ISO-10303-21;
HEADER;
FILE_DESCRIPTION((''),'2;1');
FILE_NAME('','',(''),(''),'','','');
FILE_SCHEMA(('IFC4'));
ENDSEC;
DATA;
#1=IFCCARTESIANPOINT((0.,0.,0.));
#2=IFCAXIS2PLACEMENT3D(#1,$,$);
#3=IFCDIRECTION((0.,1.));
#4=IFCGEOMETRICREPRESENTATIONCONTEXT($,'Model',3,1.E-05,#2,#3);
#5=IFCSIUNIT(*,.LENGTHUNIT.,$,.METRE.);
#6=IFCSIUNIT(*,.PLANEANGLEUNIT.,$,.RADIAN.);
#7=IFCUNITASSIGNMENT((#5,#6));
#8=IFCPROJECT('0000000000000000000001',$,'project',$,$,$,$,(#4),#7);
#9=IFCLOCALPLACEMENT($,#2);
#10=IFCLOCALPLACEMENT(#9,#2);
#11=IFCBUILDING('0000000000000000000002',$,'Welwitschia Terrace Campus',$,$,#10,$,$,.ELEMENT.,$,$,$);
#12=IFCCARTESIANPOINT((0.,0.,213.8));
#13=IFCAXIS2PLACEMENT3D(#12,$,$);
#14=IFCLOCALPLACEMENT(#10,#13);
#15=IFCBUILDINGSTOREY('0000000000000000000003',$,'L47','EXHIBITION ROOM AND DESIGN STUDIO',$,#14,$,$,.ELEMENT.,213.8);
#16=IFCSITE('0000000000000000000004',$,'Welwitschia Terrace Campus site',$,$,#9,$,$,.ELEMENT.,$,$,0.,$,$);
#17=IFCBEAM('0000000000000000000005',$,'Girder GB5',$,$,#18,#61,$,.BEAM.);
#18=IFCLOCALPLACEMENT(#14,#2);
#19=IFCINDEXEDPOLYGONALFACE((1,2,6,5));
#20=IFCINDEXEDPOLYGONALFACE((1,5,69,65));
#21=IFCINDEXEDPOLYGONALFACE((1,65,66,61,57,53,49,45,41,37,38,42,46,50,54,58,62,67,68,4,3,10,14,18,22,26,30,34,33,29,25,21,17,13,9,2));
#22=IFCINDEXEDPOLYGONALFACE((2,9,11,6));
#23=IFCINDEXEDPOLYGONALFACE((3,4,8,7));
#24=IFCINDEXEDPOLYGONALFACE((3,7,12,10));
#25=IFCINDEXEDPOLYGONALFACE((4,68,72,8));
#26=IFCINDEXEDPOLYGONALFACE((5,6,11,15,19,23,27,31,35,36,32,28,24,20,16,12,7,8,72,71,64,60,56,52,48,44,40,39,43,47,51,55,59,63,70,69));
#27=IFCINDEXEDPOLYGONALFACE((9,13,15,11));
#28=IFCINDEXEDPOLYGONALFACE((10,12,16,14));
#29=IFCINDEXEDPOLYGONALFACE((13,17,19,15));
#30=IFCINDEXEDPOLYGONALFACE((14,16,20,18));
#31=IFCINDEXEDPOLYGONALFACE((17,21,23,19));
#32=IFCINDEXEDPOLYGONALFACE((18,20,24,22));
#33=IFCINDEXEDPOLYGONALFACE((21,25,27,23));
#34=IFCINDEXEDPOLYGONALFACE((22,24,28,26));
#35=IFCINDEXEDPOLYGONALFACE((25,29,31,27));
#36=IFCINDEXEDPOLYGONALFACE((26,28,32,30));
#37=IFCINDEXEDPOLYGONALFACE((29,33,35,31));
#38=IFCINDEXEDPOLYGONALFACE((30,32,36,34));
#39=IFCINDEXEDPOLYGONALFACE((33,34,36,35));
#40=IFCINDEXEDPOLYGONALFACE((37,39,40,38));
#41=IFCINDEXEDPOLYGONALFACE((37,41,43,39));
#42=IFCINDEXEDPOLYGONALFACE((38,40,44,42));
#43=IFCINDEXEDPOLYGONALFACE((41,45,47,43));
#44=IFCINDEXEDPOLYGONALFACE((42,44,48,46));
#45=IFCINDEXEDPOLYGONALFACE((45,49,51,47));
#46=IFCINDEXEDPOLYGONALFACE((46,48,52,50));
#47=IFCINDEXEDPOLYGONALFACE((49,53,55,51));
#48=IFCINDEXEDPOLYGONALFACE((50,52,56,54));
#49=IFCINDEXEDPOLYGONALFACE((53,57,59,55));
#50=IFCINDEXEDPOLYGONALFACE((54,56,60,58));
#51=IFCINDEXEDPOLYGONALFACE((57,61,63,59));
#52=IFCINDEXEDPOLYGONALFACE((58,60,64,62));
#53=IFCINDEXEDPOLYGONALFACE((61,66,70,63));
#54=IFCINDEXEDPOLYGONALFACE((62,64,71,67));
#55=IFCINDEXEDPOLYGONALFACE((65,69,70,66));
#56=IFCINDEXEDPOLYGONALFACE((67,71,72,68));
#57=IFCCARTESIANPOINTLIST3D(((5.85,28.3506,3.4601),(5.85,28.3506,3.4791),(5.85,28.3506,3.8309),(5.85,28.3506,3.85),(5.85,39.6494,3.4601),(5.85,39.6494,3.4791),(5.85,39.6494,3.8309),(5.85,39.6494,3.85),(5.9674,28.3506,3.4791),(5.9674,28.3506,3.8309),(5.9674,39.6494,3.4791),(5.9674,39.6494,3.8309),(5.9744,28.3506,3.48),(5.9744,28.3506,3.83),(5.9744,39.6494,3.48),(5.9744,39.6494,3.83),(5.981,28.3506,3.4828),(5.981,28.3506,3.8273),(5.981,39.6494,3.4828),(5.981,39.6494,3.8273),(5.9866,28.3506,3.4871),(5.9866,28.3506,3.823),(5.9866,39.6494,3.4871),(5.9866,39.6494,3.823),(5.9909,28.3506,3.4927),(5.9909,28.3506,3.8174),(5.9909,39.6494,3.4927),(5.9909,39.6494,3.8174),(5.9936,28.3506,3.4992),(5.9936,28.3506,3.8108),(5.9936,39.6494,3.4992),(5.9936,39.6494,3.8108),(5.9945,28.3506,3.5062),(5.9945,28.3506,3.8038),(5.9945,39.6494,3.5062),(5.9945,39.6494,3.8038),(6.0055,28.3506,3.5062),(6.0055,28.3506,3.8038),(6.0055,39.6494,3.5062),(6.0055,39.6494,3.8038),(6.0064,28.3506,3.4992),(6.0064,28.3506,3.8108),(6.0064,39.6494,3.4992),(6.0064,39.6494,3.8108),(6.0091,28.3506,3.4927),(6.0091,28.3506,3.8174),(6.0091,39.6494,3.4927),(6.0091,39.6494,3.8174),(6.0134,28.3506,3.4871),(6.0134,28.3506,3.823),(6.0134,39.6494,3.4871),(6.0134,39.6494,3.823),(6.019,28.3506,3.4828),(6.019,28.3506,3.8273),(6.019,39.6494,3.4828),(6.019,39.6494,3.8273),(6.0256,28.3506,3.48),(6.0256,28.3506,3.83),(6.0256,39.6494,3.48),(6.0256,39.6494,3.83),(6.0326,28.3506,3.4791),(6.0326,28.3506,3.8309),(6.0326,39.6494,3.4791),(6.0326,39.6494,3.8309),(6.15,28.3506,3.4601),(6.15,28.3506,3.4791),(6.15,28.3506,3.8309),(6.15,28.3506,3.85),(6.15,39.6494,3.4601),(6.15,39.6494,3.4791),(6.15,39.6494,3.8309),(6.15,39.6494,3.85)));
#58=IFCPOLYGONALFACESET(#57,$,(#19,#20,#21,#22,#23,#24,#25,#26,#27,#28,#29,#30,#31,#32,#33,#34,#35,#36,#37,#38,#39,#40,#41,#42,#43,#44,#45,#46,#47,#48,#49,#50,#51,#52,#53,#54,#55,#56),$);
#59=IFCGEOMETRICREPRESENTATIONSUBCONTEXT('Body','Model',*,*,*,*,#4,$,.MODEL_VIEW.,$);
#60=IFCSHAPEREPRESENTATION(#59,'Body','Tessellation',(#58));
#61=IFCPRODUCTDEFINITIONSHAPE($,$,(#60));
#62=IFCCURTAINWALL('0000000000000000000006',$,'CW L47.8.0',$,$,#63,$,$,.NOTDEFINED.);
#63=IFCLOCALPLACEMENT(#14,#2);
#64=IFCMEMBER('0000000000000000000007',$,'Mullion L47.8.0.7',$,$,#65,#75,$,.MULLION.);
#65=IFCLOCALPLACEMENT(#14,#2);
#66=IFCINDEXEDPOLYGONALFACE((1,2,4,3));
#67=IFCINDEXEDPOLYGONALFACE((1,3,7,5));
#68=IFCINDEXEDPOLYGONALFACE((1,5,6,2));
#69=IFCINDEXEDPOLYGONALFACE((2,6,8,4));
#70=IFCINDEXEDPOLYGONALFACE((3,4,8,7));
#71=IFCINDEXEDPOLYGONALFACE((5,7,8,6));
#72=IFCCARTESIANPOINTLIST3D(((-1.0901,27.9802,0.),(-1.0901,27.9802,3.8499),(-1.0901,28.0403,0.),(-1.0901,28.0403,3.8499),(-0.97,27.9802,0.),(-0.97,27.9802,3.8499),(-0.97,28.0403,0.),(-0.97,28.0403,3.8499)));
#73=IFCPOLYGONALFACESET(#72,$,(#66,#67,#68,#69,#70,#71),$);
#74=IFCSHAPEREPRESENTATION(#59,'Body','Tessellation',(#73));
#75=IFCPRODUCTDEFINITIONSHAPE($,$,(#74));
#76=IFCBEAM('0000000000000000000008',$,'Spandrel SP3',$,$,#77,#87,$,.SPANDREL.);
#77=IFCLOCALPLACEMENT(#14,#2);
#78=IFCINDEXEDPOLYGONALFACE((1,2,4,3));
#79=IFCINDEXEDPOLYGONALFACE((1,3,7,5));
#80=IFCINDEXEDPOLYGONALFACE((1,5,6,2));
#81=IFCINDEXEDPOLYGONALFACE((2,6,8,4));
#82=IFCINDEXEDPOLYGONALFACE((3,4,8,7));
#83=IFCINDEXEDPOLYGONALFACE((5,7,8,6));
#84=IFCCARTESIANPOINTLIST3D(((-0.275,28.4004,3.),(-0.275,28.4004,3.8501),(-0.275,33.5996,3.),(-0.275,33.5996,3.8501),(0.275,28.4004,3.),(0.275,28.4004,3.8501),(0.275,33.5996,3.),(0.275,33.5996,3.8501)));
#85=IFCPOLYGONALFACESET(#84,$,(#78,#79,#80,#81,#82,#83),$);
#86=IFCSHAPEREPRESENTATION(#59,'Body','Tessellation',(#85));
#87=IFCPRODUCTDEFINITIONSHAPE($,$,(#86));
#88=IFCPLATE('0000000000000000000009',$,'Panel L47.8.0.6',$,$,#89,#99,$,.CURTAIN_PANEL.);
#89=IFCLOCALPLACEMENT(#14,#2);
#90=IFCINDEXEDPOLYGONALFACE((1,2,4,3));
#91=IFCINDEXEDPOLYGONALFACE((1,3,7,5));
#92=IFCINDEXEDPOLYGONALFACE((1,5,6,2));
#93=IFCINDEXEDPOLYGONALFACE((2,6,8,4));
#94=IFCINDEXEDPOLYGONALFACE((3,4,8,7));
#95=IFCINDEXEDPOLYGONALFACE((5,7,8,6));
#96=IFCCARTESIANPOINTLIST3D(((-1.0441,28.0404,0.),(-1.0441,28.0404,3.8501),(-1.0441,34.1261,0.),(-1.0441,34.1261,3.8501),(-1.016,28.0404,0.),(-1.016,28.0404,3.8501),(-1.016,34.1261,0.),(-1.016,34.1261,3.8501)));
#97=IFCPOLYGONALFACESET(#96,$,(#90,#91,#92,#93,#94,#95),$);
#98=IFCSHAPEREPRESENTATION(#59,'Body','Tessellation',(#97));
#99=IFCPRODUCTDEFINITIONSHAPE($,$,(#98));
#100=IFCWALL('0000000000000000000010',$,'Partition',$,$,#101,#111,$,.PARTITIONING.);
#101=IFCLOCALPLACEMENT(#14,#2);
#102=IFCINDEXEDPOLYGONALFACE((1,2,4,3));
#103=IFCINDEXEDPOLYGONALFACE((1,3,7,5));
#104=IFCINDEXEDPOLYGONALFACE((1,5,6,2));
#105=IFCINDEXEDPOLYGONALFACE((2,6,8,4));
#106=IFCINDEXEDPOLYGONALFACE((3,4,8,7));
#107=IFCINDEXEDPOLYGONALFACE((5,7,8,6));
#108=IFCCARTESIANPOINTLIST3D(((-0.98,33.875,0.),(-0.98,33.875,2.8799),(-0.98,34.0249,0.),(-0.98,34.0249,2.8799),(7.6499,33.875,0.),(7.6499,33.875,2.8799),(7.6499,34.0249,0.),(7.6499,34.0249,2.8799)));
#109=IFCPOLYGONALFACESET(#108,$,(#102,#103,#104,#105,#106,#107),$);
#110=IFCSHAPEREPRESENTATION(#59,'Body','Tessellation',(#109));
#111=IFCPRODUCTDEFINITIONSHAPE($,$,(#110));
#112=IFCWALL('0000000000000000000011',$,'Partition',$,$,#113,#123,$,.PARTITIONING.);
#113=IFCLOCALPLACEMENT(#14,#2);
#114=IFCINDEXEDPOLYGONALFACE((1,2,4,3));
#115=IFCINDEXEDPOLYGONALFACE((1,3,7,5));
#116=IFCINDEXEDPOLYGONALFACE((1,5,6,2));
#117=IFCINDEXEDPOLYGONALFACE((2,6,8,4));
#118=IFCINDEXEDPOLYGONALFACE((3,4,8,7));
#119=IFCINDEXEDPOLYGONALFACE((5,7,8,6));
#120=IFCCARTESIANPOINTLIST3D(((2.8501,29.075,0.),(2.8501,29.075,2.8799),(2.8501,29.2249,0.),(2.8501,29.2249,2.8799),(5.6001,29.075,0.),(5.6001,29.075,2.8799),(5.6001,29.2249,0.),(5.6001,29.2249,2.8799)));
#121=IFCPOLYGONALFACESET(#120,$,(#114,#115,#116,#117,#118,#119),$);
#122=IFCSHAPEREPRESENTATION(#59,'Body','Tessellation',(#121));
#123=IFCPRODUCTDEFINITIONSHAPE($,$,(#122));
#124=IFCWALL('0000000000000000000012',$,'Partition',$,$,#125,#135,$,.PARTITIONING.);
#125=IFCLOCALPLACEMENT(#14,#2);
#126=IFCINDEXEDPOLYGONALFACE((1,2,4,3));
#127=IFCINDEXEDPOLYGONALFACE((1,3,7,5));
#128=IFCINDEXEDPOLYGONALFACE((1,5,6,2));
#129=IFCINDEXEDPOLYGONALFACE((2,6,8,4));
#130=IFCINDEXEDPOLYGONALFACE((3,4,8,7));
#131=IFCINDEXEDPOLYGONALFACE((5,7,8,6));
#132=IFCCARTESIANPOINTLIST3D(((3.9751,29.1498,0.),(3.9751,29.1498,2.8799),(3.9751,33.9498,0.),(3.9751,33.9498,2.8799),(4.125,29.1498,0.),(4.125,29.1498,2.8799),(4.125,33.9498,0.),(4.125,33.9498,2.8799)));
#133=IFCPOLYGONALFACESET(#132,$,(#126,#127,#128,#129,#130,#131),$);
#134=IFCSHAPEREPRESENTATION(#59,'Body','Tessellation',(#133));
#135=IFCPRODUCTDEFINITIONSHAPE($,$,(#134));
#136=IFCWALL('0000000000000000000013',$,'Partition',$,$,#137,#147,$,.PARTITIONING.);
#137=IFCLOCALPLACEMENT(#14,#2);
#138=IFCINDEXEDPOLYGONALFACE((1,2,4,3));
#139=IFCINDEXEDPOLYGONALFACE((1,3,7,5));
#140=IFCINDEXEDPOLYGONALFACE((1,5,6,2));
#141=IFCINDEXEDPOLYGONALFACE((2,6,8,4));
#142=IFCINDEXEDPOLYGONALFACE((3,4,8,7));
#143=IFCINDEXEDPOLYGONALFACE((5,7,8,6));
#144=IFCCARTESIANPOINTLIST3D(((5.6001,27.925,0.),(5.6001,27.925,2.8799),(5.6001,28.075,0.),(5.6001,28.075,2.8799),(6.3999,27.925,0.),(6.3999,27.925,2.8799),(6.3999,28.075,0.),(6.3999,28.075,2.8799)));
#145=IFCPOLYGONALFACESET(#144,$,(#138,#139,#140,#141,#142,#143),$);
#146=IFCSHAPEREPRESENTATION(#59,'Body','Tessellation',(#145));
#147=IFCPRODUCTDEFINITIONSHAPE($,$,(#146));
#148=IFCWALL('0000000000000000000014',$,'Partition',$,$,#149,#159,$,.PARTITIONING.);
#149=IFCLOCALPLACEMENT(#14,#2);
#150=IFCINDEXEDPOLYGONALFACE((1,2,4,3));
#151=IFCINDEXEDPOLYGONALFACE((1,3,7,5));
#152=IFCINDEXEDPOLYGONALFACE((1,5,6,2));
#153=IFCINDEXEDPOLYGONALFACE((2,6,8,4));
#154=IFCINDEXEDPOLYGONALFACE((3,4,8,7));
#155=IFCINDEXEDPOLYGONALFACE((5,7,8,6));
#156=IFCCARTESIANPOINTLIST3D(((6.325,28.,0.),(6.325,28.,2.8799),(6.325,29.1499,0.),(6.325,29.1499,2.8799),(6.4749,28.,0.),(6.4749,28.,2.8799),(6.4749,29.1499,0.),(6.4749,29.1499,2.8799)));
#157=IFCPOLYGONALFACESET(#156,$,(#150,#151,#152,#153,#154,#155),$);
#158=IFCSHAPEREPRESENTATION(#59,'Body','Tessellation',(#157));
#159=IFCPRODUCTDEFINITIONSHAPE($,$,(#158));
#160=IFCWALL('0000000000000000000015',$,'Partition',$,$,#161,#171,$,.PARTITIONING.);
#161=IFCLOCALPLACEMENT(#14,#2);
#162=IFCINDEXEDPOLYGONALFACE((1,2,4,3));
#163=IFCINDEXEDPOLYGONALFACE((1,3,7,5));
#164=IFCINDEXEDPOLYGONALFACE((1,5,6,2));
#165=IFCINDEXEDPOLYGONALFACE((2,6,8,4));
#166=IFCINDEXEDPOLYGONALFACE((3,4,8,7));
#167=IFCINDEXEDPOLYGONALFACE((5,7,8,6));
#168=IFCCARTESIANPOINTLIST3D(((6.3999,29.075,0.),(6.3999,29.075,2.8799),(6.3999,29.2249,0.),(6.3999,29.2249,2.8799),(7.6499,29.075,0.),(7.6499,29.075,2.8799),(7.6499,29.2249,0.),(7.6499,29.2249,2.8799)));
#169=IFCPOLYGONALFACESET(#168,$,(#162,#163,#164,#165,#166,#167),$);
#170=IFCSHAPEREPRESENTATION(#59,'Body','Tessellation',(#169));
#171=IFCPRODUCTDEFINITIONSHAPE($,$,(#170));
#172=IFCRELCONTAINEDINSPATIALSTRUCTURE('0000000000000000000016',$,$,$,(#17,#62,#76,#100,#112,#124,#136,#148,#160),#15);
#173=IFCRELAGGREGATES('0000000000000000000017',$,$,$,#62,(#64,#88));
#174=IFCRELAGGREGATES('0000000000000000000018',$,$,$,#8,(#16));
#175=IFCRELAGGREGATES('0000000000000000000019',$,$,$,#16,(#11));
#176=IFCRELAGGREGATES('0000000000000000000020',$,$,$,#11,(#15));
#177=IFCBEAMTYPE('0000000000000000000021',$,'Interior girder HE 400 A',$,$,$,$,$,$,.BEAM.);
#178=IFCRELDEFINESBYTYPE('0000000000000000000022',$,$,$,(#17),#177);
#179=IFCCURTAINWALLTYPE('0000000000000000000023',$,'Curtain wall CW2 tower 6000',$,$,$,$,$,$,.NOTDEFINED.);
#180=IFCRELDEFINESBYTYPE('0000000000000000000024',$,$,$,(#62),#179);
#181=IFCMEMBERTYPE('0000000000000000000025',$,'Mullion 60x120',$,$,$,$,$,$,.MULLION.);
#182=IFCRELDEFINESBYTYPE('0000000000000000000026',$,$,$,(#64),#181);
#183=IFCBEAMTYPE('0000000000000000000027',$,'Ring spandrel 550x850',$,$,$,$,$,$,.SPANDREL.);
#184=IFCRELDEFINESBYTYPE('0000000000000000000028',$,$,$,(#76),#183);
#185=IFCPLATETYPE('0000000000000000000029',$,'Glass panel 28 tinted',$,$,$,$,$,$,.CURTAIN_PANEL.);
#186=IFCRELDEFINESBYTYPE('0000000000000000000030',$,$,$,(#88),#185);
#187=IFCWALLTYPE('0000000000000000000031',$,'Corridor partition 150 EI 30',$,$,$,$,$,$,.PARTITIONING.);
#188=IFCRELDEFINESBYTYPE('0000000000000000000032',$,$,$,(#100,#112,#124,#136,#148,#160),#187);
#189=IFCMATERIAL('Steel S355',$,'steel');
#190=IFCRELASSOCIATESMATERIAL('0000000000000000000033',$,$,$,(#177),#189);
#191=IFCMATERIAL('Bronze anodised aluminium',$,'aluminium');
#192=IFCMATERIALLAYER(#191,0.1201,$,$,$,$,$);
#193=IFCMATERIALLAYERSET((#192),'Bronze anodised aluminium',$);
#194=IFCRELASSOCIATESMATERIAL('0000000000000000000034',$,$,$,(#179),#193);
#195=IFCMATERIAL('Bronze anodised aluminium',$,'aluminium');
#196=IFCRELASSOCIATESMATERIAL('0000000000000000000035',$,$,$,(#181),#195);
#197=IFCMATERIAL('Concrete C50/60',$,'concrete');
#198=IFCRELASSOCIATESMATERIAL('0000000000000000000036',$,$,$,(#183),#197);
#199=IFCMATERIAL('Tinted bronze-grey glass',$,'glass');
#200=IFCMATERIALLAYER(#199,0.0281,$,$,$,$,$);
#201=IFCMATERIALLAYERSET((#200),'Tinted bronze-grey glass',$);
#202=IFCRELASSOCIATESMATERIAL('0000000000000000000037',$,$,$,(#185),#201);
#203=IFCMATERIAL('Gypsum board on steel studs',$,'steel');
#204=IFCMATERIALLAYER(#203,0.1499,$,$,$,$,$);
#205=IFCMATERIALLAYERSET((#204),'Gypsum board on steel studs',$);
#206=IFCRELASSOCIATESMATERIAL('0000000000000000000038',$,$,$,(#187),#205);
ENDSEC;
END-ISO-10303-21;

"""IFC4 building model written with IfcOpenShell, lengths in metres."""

from ifc_helpers import new_model, si_unit, direction, frame, frame_2d, origin, origin_2d, place, context, subcontext, project, spatial, rectangle, i_section, extrude, material, layer, layer_set, material_profile, profile_set, type_object, element, aggregate, save


model = new_model("IFC4")

# Units and contexts
model_context = context("Model", 3, precision=1e-05, world=origin(), true_north=direction((0.0, 1.0)))
body_context = subcontext(model_context, "Body", "Model", "MODEL_VIEW")
ifc_project = project(units=[si_unit("LENGTHUNIT", "METRE"), si_unit("PLANEANGLEUNIT", "RADIAN")], contexts=[model_context])

# Site, building, storey
site_placement = place(None, origin())
site = spatial("IfcSite", under=ifc_project, at=site_placement, Name="Welwitschia Terrace Campus site", CompositionType="ELEMENT", RefElevation=0.0)
building_placement = place(site_placement, origin())
building = spatial("IfcBuilding", under=site, at=building_placement, Name="Welwitschia Terrace Campus", CompositionType="ELEMENT")
storey_placement = place(building_placement, frame((0.0, 0.0, 213.8)))
storey = spatial("IfcBuildingStorey", under=building, at=storey_placement, Name="L47", Description="EXHIBITION ROOM AND DESIGN STUDIO", CompositionType="ELEMENT", Elevation=213.8)

# Beam
ifc_material_1 = material(Name="Steel S355", Category="steel")
ifc_material_profile_1 = material_profile(ifc_material_1, i_section(OverallWidth=0.3, OverallDepth=0.3899, WebThickness=0.011, FlangeThickness=0.019, FilletRadius=0.0271, at=origin_2d()))
ifc_profile_set_1 = profile_set([ifc_material_profile_1], Name="Steel S355")
beam_type_1 = type_object("IfcBeamType", Name="Interior girder HE 400 A", PredefinedType="BEAM", material=ifc_profile_set_1)
beam_1_placement = place(storey_placement, frame((6.0, 28.3506, 3.655), z_axis=(0.0, 1.0, 0.0), x_axis=(-1.0, 0.0, 0.0)))
element("IfcBeam", 1, at=beam_1_placement, inside=storey, type_object=beam_type_1, Name="Girder GB5", PredefinedType="BEAM", context=body_context, shape_type="SweptSolid", body=[
    extrude(i_section(OverallWidth=0.3, OverallDepth=0.3899, WebThickness=0.011, FlangeThickness=0.019, FilletRadius=0.0271, at=origin_2d()), origin(), (0.0, 0.0, 1.0), 11.2988),
])

# Curtain wall, member
ifc_material_2 = material(Name="Bronze anodised aluminium", Category="aluminium")
ifc_layer_1 = layer(ifc_material_2, 0.1201)
ifc_layer_set_1 = layer_set([ifc_layer_1], Name="Bronze anodised aluminium")
curtain_wall_type = type_object("IfcCurtainWallType", Name="Curtain wall CW2 tower 6000", PredefinedType="NOTDEFINED", material=ifc_layer_set_1)
curtain_wall_placement = place(storey_placement, origin())
curtain_wall = element("IfcCurtainWall", 2, at=curtain_wall_placement, inside=storey, type_object=curtain_wall_type, Name="CW L47.8.0", PredefinedType="NOTDEFINED")
ifc_material_3 = material(Name="Bronze anodised aluminium", Category="aluminium")
ifc_material_profile_2 = material_profile(ifc_material_3, rectangle(XDim=0.1201, YDim=0.0601, at=origin_2d()))
ifc_profile_set_2 = profile_set([ifc_material_profile_2], Name="Bronze anodised aluminium")
member_type = type_object("IfcMemberType", Name="Mullion 60x120", PredefinedType="MULLION", material=ifc_profile_set_2)
member_placement = place(storey_placement, frame((-1.03, 28.0103, 0.0), z_axis=(0.0, 0.0, 1.0), x_axis=(1.0, 0.0, 0.0)))
member = element("IfcMember", 3, at=member_placement, type_object=member_type, Name="Mullion L47.8.0.7", PredefinedType="MULLION", context=body_context, shape_type="SweptSolid", body=[
    extrude(rectangle(XDim=0.1201, YDim=0.0601, at=origin_2d()), origin(), (0.0, 0.0, 1.0), 3.8499),
])

# Beam
ifc_material_4 = material(Name="Concrete C50/60", Category="concrete")
ifc_material_profile_3 = material_profile(ifc_material_4, rectangle(XDim=0.55, YDim=0.8501, at=origin_2d()))
ifc_profile_set_3 = profile_set([ifc_material_profile_3], Name="Concrete C50/60")
beam_type_2 = type_object("IfcBeamType", Name="Ring spandrel 550x850", PredefinedType="SPANDREL", material=ifc_profile_set_3)
beam_2_placement = place(storey_placement, frame((0.0, 33.5996, 3.425), z_axis=(0.0, -1.0, 0.0), x_axis=(1.0, 0.0, 0.0)))
element("IfcBeam", 4, at=beam_2_placement, inside=storey, type_object=beam_type_2, Name="Spandrel SP3", PredefinedType="SPANDREL", context=body_context, shape_type="SweptSolid", body=[
    extrude(rectangle(XDim=0.55, YDim=0.8501, at=origin_2d()), origin(), (0.0, 0.0, 1.0), 5.1992),
])

# Plate
ifc_material_5 = material(Name="Tinted bronze-grey glass", Category="glass")
ifc_layer_2 = layer(ifc_material_5, 0.0281)
ifc_layer_set_2 = layer_set([ifc_layer_2], Name="Tinted bronze-grey glass")
plate_type = type_object("IfcPlateType", Name="Glass panel 28 tinted", PredefinedType="CURTAIN_PANEL", material=ifc_layer_set_2)
plate_placement = place(storey_placement, frame((-1.03, 31.0833, 0.0), z_axis=(0.0, 0.0, 1.0), x_axis=(0.0, -1.0, 0.0)))
plate = element("IfcPlate", 5, at=plate_placement, type_object=plate_type, Name="Panel L47.8.0.6", PredefinedType="CURTAIN_PANEL", context=body_context, shape_type="SweptSolid", body=[
    extrude(rectangle(XDim=6.0857, YDim=0.0281, at=origin_2d()), origin(), (0.0, 0.0, 1.0), 3.8501),
])
aggregate(curtain_wall, [member, plate])

# Walls
ifc_material_6 = material(Name="Gypsum board on steel studs", Category="steel")
ifc_layer_3 = layer(ifc_material_6, 0.1499)
ifc_layer_set_3 = layer_set([ifc_layer_3], Name="Gypsum board on steel studs")
wall_type = type_object("IfcWallType", Name="Corridor partition 150 EI 30", PredefinedType="PARTITIONING", material=ifc_layer_set_3)
wall_1_placement = place(storey_placement, frame((-0.98, 33.95, 0.0), z_axis=(0.0, 0.0, 1.0), x_axis=(1.0, 0.0, 0.0)))
element("IfcWall", 6, at=wall_1_placement, inside=storey, type_object=wall_type, Name="Partition", PredefinedType="PARTITIONING", context=body_context, shape_type="SweptSolid", body=[
    extrude(rectangle(XDim=8.6299, YDim=0.1499, at=frame_2d((4.3149, 0.0))), origin(), (0.0, 0.0, 1.0), 2.8799),
])
wall_2_placement = place(storey_placement, frame((2.8501, 29.1499, 0.0), z_axis=(0.0, 0.0, 1.0), x_axis=(1.0, 0.0, 0.0)))
element("IfcWall", 7, at=wall_2_placement, inside=storey, type_object=wall_type, Name="Partition", PredefinedType="PARTITIONING", context=body_context, shape_type="SweptSolid", body=[
    extrude(rectangle(XDim=2.75, YDim=0.1499, at=frame_2d((1.375, 0.0))), origin(), (0.0, 0.0, 1.0), 2.8799),
])
wall_3_placement = place(storey_placement, frame((4.05, 29.1499, 0.0), z_axis=(0.0, 0.0, 1.0), x_axis=(0.0, 1.0, 0.0)))
element("IfcWall", 8, at=wall_3_placement, inside=storey, type_object=wall_type, Name="Partition", PredefinedType="PARTITIONING", context=body_context, shape_type="SweptSolid", body=[
    extrude(rectangle(XDim=4.8, YDim=0.1499, at=frame_2d((2.3999, 0.0))), origin(), (0.0, 0.0, 1.0), 2.8799),
])
wall_4_placement = place(storey_placement, frame((5.6001, 28.0, 0.0), z_axis=(0.0, 0.0, 1.0), x_axis=(1.0, 0.0, 0.0)))
element("IfcWall", 9, at=wall_4_placement, inside=storey, type_object=wall_type, Name="Partition", PredefinedType="PARTITIONING", context=body_context, shape_type="SweptSolid", body=[
    extrude(rectangle(XDim=0.7998, YDim=0.1499, at=frame_2d((0.3999, 0.0))), origin(), (0.0, 0.0, 1.0), 2.8799),
])
wall_5_placement = place(storey_placement, frame((6.3999, 28.0, 0.0), z_axis=(0.0, 0.0, 1.0), x_axis=(0.0, 1.0, 0.0)))
element("IfcWall", 10, at=wall_5_placement, inside=storey, type_object=wall_type, Name="Partition", PredefinedType="PARTITIONING", context=body_context, shape_type="SweptSolid", body=[
    extrude(rectangle(XDim=1.1499, YDim=0.1499, at=frame_2d((0.575, 0.0))), origin(), (0.0, 0.0, 1.0), 2.8799),
])
wall_6_placement = place(storey_placement, frame((6.3999, 29.1499, 0.0), z_axis=(0.0, 0.0, 1.0), x_axis=(1.0, 0.0, 0.0)))
element("IfcWall", 11, at=wall_6_placement, inside=storey, type_object=wall_type, Name="Partition", PredefinedType="PARTITIONING", context=body_context, shape_type="SweptSolid", body=[
    extrude(rectangle(XDim=1.25, YDim=0.1499, at=frame_2d((0.625, 0.0))), origin(), (0.0, 0.0, 1.0), 2.8799),
])

save(model, "model.ifc")
